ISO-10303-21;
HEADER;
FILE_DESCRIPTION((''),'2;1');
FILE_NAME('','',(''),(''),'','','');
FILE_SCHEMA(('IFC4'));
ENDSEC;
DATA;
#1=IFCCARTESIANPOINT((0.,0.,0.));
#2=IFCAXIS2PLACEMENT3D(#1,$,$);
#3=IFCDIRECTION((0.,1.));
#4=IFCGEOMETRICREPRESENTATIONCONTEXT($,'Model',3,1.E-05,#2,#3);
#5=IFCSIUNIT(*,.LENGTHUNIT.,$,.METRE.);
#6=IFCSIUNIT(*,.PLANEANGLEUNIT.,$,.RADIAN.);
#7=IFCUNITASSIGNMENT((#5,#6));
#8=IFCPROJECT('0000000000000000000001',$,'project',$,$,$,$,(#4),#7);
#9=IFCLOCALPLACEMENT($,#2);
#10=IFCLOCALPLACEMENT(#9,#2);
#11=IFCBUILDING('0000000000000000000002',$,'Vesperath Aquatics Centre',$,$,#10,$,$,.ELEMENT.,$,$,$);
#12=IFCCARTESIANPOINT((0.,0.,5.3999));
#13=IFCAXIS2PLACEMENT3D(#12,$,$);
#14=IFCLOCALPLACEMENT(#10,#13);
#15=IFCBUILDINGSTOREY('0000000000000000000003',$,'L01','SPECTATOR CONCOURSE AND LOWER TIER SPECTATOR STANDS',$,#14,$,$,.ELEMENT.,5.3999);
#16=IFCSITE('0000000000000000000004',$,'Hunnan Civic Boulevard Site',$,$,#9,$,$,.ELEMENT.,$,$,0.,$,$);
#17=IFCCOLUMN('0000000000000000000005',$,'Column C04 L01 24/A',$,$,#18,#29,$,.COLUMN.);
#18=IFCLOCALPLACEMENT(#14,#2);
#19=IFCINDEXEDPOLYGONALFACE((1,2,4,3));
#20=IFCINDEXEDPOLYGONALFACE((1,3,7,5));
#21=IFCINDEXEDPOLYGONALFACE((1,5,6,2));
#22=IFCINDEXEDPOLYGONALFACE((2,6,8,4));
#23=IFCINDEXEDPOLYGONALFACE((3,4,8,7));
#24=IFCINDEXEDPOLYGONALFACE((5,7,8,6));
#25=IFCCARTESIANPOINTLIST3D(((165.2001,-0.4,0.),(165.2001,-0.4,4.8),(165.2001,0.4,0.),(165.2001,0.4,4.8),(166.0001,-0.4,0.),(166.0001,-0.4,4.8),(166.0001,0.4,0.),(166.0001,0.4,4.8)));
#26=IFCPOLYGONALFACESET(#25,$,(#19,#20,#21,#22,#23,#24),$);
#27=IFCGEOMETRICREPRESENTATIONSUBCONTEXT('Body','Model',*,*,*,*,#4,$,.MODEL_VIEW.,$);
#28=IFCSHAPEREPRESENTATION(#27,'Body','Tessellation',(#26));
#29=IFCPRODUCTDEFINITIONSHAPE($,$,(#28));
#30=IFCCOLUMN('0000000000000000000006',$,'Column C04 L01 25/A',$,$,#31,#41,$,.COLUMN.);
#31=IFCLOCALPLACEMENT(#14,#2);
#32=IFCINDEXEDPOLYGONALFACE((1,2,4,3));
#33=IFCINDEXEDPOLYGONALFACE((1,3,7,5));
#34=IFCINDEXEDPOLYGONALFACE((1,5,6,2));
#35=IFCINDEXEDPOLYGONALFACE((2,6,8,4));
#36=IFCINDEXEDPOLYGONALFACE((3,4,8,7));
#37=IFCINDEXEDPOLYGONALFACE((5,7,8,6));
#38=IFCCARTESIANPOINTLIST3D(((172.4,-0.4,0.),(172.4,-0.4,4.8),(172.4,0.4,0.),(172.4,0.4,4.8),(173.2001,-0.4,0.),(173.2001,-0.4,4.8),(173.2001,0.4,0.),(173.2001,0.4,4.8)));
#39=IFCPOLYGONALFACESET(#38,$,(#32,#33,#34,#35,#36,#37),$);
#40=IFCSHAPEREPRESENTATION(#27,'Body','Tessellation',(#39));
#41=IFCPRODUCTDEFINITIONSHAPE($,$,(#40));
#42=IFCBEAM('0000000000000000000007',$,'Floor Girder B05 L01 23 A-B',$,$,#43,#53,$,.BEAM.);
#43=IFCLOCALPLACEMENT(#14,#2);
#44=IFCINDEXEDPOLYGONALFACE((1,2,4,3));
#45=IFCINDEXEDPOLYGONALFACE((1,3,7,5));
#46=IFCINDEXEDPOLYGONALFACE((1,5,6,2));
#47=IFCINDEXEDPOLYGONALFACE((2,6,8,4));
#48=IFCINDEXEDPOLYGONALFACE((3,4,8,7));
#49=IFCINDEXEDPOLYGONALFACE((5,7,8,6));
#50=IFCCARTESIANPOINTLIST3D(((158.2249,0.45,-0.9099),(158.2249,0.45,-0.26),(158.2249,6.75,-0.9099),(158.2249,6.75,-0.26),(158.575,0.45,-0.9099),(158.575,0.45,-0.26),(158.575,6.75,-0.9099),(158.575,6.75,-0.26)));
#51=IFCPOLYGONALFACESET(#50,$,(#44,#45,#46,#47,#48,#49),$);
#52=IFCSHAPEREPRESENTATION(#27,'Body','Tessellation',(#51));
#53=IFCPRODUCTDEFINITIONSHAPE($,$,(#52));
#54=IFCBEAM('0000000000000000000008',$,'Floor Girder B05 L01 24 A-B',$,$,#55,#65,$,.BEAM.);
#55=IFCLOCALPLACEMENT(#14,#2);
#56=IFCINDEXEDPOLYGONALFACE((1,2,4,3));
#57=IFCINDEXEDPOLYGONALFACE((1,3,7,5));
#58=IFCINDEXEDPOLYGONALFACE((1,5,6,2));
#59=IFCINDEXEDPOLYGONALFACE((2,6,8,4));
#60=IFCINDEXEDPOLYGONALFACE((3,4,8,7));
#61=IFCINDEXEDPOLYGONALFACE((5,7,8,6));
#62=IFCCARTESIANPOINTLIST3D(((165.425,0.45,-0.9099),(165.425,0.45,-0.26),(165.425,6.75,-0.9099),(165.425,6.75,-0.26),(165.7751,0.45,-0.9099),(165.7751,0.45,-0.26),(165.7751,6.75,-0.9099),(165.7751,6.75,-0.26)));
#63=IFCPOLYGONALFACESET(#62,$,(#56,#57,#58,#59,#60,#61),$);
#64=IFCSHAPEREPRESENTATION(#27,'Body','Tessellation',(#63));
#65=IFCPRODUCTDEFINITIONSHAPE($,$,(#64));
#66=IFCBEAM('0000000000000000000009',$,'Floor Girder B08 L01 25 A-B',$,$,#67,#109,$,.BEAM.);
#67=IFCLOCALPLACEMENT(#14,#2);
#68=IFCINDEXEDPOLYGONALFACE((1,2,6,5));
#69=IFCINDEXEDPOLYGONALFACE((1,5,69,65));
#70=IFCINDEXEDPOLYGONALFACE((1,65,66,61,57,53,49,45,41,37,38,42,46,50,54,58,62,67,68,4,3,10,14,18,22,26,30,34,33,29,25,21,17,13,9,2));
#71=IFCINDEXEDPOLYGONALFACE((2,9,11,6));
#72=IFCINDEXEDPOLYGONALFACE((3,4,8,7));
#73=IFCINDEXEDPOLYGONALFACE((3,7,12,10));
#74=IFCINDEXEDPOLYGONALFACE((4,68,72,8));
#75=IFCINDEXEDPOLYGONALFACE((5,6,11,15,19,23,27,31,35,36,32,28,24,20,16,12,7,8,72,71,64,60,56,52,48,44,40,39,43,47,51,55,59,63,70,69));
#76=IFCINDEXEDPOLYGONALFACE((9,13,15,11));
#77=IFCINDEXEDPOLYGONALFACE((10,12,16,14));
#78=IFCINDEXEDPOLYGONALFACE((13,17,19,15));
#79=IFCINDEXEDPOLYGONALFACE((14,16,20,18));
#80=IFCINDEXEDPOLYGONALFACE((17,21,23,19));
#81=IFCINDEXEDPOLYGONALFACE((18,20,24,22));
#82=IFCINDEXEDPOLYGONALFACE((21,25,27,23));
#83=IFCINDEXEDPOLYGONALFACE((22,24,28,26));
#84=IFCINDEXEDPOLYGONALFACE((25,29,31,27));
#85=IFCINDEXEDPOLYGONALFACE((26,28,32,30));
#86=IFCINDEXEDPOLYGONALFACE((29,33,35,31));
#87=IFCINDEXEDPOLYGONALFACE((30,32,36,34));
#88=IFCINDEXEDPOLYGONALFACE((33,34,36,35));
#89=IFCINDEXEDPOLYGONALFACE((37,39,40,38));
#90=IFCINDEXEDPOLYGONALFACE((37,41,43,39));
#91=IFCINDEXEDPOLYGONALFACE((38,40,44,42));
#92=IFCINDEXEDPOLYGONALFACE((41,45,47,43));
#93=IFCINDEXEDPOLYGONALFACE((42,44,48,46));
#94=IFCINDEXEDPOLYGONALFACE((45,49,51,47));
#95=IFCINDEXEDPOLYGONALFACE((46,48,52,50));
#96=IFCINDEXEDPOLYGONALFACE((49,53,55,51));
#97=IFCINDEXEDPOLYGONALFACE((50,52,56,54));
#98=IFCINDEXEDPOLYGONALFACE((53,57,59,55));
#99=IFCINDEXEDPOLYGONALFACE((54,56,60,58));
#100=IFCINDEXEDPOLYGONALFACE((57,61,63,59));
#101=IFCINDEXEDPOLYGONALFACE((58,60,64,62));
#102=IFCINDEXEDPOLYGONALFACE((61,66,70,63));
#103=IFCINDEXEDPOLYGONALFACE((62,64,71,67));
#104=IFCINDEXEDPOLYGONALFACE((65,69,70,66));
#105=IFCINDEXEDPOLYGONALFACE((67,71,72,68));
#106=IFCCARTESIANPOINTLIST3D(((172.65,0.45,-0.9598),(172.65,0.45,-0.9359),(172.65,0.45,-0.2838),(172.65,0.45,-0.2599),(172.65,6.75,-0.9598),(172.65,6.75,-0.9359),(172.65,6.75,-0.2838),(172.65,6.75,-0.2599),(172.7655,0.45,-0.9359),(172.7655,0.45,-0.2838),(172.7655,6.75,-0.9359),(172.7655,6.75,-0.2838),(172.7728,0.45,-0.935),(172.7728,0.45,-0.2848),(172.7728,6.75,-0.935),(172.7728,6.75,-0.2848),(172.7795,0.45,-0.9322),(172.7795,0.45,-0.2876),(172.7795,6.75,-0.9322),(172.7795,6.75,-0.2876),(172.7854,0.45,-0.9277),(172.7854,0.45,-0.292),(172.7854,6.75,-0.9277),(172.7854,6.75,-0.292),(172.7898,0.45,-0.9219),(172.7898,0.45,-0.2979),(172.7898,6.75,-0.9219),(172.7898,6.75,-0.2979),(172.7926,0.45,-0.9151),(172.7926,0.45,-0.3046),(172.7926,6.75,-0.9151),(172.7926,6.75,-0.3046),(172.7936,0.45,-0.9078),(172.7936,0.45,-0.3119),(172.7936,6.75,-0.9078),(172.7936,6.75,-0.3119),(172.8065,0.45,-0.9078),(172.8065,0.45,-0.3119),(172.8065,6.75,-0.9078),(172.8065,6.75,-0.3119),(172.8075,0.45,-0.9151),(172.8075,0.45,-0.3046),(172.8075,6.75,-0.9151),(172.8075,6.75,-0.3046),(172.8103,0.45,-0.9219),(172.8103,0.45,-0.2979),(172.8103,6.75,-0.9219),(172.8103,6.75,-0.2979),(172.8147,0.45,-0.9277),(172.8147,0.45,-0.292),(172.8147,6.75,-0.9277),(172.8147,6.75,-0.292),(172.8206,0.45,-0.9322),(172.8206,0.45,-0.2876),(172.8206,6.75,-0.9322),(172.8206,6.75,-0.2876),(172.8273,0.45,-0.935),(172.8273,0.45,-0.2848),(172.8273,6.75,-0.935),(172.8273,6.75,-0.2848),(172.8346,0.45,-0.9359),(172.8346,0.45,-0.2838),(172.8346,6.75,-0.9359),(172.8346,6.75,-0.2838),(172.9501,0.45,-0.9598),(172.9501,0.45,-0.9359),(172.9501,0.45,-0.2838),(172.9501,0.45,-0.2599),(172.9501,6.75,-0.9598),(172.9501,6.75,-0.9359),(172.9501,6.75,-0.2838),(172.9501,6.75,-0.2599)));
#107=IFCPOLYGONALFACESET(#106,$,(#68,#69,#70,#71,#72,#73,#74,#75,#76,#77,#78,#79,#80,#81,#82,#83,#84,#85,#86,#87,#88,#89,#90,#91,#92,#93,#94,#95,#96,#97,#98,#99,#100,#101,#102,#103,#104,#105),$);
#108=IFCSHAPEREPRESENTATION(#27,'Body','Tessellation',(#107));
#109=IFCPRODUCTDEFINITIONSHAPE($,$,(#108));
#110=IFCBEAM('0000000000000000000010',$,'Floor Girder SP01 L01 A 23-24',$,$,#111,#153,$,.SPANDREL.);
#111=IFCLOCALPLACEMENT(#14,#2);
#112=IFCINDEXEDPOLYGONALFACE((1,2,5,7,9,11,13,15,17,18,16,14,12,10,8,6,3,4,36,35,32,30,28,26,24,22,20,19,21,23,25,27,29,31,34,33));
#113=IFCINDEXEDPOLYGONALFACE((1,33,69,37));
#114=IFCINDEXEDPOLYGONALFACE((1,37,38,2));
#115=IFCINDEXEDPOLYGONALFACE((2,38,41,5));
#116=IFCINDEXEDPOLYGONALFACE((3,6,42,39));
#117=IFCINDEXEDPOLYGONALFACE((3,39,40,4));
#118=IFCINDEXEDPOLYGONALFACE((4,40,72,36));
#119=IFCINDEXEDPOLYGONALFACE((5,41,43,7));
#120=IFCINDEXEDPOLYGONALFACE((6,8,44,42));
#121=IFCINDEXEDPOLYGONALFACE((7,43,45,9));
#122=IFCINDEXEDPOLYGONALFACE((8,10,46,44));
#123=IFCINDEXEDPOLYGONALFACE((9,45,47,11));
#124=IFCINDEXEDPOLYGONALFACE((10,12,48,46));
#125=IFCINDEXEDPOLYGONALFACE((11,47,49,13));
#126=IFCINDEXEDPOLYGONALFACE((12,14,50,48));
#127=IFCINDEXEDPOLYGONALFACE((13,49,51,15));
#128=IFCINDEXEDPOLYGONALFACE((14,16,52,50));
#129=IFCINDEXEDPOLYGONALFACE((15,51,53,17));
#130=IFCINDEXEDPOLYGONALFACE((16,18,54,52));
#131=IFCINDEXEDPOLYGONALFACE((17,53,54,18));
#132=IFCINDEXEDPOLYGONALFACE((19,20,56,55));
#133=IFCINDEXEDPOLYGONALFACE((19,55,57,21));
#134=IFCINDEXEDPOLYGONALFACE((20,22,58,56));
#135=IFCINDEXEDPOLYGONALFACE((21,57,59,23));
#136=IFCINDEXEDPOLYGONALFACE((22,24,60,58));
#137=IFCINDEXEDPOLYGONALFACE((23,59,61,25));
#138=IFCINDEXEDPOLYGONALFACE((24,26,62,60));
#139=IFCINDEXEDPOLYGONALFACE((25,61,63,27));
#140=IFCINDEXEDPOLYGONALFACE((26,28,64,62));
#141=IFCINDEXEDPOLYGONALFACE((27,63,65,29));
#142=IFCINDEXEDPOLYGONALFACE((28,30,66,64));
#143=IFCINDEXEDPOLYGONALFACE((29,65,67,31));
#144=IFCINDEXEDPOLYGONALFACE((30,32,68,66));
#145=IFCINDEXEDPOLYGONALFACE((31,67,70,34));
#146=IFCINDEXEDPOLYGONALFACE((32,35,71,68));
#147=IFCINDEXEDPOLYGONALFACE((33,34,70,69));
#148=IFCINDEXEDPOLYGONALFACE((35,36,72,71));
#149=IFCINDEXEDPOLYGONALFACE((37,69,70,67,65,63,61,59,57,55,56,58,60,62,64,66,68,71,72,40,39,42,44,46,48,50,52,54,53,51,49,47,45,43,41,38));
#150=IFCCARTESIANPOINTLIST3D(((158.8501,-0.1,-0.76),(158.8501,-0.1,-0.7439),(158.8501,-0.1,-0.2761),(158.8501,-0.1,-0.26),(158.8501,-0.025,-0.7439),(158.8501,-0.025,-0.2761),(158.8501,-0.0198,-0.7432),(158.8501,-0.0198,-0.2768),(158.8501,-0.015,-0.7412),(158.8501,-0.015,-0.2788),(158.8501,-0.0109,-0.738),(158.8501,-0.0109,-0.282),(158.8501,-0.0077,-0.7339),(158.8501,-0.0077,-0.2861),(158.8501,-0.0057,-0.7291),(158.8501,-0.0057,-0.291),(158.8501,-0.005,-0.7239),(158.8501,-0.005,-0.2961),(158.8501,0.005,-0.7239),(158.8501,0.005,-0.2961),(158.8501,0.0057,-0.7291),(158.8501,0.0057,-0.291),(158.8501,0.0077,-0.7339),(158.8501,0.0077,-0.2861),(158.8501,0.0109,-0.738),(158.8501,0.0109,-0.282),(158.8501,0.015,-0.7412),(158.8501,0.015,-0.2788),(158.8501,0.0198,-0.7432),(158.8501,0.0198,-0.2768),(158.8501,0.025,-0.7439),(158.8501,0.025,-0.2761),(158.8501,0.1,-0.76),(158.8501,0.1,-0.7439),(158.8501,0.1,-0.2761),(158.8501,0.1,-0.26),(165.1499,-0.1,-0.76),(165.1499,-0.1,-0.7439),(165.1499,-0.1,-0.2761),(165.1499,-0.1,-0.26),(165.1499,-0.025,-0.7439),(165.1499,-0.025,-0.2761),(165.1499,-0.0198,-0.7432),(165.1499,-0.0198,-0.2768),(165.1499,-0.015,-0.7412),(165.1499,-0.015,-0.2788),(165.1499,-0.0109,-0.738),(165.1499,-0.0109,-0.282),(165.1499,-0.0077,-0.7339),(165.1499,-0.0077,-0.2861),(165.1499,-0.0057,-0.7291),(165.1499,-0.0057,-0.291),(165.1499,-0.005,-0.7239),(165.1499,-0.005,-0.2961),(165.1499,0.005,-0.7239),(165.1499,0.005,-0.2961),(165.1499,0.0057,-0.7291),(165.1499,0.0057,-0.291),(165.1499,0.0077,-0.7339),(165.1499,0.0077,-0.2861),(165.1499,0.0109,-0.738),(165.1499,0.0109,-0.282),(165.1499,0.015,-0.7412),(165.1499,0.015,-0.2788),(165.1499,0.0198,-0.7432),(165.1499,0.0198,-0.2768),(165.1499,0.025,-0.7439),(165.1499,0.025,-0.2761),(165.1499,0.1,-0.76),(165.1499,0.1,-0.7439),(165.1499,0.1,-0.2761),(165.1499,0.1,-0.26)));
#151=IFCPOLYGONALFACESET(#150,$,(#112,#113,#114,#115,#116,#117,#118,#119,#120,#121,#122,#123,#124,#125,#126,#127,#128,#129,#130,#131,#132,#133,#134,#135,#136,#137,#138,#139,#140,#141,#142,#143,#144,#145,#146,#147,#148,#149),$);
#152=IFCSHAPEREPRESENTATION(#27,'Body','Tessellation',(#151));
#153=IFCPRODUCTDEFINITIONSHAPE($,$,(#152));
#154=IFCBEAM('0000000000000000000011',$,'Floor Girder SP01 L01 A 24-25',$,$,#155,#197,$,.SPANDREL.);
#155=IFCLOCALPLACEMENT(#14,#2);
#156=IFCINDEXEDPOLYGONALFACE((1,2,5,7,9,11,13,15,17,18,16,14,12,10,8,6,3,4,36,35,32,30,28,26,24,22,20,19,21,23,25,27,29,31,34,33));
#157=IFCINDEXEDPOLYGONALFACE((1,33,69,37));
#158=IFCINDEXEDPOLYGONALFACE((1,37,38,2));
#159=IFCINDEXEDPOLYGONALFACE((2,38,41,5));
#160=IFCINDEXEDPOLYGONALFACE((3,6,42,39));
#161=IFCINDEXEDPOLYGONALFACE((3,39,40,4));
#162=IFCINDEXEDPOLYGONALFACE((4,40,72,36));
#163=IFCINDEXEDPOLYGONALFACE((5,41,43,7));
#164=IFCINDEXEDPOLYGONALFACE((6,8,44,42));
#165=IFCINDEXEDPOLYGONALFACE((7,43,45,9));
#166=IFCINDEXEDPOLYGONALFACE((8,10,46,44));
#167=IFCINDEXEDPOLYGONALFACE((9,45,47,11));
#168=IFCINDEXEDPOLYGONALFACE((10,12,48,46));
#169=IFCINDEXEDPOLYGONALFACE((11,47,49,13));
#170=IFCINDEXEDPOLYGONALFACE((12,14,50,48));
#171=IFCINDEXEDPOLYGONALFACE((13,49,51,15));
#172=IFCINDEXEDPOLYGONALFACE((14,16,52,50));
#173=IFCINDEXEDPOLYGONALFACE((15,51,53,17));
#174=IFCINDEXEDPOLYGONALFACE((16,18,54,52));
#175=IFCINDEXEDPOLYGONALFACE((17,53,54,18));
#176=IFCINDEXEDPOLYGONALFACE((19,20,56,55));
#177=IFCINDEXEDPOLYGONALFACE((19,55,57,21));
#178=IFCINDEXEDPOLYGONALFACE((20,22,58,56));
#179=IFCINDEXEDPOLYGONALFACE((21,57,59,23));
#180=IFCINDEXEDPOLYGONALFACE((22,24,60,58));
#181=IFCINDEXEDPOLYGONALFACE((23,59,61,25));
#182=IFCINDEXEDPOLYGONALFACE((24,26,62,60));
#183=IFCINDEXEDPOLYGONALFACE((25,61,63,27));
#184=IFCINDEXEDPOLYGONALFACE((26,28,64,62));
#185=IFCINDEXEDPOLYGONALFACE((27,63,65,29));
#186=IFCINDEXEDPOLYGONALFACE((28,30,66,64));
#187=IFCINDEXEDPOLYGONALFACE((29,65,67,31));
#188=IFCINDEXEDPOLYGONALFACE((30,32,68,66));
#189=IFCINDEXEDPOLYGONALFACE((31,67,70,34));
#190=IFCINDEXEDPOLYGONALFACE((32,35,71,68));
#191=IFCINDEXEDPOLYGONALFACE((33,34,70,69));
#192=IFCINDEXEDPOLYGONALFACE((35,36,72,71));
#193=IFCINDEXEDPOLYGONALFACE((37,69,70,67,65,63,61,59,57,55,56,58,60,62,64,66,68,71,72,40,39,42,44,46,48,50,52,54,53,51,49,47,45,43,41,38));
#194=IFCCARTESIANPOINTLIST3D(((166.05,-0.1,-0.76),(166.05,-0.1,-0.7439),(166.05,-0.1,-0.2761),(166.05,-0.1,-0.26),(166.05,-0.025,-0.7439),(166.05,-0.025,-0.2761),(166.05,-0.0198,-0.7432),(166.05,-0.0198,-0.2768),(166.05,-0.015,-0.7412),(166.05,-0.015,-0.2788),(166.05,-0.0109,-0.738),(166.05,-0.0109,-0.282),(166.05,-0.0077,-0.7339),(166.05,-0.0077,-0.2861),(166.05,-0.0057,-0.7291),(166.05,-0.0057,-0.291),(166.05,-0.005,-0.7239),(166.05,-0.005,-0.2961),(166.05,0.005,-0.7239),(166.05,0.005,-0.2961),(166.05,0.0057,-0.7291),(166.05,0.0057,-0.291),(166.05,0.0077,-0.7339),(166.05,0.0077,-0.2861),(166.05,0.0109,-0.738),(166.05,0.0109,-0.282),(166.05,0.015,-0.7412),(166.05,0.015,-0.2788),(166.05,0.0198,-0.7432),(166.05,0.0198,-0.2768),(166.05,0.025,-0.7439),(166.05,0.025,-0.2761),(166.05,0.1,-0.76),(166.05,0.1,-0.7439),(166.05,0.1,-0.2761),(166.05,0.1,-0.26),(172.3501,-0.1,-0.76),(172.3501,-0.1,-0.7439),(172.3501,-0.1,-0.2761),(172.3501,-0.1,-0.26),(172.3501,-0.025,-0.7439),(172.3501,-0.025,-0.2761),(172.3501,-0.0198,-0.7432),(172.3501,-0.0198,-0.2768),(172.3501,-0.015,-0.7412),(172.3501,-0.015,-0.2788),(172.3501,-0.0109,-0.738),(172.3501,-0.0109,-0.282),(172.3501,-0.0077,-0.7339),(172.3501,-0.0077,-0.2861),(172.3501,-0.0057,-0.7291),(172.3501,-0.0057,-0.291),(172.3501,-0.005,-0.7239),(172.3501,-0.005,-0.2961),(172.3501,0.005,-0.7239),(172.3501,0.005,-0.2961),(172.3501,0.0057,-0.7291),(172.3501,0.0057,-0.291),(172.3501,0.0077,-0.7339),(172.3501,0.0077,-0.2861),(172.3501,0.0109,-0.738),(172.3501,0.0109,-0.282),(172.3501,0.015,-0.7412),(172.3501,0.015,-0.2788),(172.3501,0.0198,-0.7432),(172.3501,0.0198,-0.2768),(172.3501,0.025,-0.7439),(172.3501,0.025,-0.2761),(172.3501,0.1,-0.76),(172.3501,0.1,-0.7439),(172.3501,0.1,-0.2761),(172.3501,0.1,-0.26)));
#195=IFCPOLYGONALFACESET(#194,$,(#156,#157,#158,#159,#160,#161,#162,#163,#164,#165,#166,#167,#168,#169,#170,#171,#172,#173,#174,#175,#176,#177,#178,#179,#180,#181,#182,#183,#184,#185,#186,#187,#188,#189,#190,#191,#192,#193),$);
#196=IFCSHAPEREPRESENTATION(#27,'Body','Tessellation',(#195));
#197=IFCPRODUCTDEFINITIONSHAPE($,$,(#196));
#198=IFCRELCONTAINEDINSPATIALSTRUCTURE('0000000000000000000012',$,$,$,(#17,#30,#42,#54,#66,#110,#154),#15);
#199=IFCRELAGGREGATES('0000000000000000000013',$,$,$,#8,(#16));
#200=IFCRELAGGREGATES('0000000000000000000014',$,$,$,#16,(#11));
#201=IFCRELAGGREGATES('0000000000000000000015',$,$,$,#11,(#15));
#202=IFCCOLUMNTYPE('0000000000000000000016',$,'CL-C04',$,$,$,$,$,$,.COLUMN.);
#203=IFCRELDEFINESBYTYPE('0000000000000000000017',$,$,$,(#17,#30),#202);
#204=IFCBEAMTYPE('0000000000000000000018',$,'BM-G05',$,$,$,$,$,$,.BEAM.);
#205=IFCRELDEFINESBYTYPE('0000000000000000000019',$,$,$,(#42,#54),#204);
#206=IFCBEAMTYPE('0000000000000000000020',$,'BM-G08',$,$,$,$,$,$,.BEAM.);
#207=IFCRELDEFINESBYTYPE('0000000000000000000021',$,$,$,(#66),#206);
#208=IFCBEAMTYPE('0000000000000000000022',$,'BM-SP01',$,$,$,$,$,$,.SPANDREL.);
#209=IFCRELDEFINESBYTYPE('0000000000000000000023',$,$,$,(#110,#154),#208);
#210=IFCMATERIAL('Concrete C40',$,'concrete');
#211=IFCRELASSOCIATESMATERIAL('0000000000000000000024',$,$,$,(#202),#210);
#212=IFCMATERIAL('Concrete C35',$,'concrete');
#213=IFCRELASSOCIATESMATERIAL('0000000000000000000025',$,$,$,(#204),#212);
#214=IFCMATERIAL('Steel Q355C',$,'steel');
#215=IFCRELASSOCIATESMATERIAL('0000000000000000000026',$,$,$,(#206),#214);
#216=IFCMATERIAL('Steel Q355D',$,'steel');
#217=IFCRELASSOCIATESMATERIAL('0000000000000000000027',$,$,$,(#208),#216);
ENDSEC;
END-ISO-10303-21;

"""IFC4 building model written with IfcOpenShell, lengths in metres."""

from ifc_helpers import new_model, si_unit, direction, frame, origin, origin_2d, place, context, subcontext, project, spatial, rectangle, i_section, extrude, material, material_profile, profile_set, type_object, element, save


model = new_model("IFC4")

# Units and contexts
model_context = context("Model", 3, precision=1e-05, world=origin(), true_north=direction((0.0, 1.0)))
body_context = subcontext(model_context, "Body", "Model", "MODEL_VIEW")
ifc_project = project(units=[si_unit("LENGTHUNIT", "METRE"), si_unit("PLANEANGLEUNIT", "RADIAN")], contexts=[model_context])

# Site, building, storey
site_placement = place(None, origin())
site = spatial("IfcSite", under=ifc_project, at=site_placement, Name="Hunnan Civic Boulevard Site", CompositionType="ELEMENT", RefElevation=0.0)
building_placement = place(site_placement, origin())
building = spatial("IfcBuilding", under=site, at=building_placement, Name="Vesperath Aquatics Centre", CompositionType="ELEMENT")
storey_placement = place(building_placement, frame((0.0, 0.0, 5.3999)))
storey = spatial("IfcBuildingStorey", under=building, at=storey_placement, Name="L01", Description="SPECTATOR CONCOURSE AND LOWER TIER SPECTATOR STANDS", CompositionType="ELEMENT", Elevation=5.3999)

# Columns
ifc_material_1 = material(Name="Concrete C40", Category="concrete")
ifc_material_profile_1 = material_profile(ifc_material_1, rectangle(XDim=0.8, YDim=0.8, at=origin_2d()), Name="RC 800x800")
ifc_profile_set_1 = profile_set([ifc_material_profile_1], Name="Concrete C40")
column_type = type_object("IfcColumnType", Name="CL-C04", PredefinedType="COLUMN", material=ifc_profile_set_1)
for number, where, z_axis, x_axis, name in (
    (1, (165.6001, 0.0, 0.0), (0.0, 0.0, 1.0), (1.0, 0.0, 0.0), "Column C04 L01 24/A"),
    (2, (172.8, 0.0, 0.0), (0.0, 0.0, 1.0), (1.0, 0.0, 0.0), "Column C04 L01 25/A"),
):
    element("IfcColumn", number, at=place(storey_placement, frame(where, z_axis=z_axis, x_axis=x_axis)), inside=storey, type_object=column_type, Name=name, PredefinedType="COLUMN", context=body_context, shape_type="SweptSolid", body=[
        extrude(rectangle(XDim=0.8, YDim=0.8, at=origin_2d()), origin(), (0.0, 0.0, 1.0), 4.8),
    ])

# Beams
ifc_material_2 = material(Name="Concrete C35", Category="concrete")
ifc_material_profile_2 = material_profile(ifc_material_2, rectangle(XDim=0.3501, YDim=0.6499, at=origin_2d()), Name="RC 350x650")
ifc_profile_set_2 = profile_set([ifc_material_profile_2], Name="Concrete C35")
beam_type_1 = type_object("IfcBeamType", Name="BM-G05", PredefinedType="BEAM", material=ifc_profile_set_2)
for number, where, z_axis, x_axis, name in (
    (3, (158.3999, 0.45, -0.585), (0.0, 1.0, 0.0), (-1.0, 0.0, 0.0), "Floor Girder B05 L01 23 A-B"),
    (4, (165.6001, 0.45, -0.585), (0.0, 1.0, 0.0), (-1.0, 0.0, 0.0), "Floor Girder B05 L01 24 A-B"),
):
    element("IfcBeam", number, at=place(storey_placement, frame(where, z_axis=z_axis, x_axis=x_axis)), inside=storey, type_object=beam_type_1, Name=name, PredefinedType="BEAM", context=body_context, shape_type="SweptSolid", body=[
        extrude(rectangle(XDim=0.3501, YDim=0.6499, at=origin_2d()), origin(), (0.0, 0.0, 1.0), 6.3),
    ])
ifc_material_3 = material(Name="Steel Q355C", Category="steel")
ifc_material_profile_3 = material_profile(ifc_material_3, i_section(OverallWidth=0.3, OverallDepth=0.7, WebThickness=0.0129, FlangeThickness=0.0239, FilletRadius=0.0281, at=origin_2d()), Name="HN 700x300x13x24")
ifc_profile_set_3 = profile_set([ifc_material_profile_3], Name="Steel Q355C")
beam_type_2 = type_object("IfcBeamType", Name="BM-G08", PredefinedType="BEAM", material=ifc_profile_set_3)
beam_1_placement = place(storey_placement, frame((172.8, 0.45, -0.6099), z_axis=(0.0, 1.0, 0.0), x_axis=(-1.0, 0.0, 0.0)))
element("IfcBeam", 5, at=beam_1_placement, inside=storey, type_object=beam_type_2, Name="Floor Girder B08 L01 25 A-B", PredefinedType="BEAM", context=body_context, shape_type="SweptSolid", body=[
    extrude(i_section(OverallWidth=0.3, OverallDepth=0.7, WebThickness=0.0129, FlangeThickness=0.0239, FilletRadius=0.0281, at=origin_2d()), origin(), (0.0, 0.0, 1.0), 6.3),
])
ifc_material_4 = material(Name="Steel Q355D", Category="steel")
ifc_material_profile_4 = material_profile(ifc_material_4, i_section(OverallWidth=0.2, OverallDepth=0.5, WebThickness=0.01, FlangeThickness=0.0161, FilletRadius=0.02, at=origin_2d()), Name="HN 500x200x10x16")
ifc_profile_set_4 = profile_set([ifc_material_profile_4], Name="Steel Q355D")
beam_type_3 = type_object("IfcBeamType", Name="BM-SP01", PredefinedType="SPANDREL", material=ifc_profile_set_4)
beam_2_placement = place(storey_placement, frame((158.8501, 0.0, -0.51), z_axis=(1.0, 0.0, 0.0), x_axis=(0.0, 1.0, 0.0)))
element("IfcBeam", 6, at=beam_2_placement, inside=storey, type_object=beam_type_3, Name="Floor Girder SP01 L01 A 23-24", PredefinedType="SPANDREL", context=body_context, shape_type="SweptSolid", body=[
    extrude(i_section(OverallWidth=0.2, OverallDepth=0.5, WebThickness=0.01, FlangeThickness=0.0161, FilletRadius=0.02, at=origin_2d()), origin(), (0.0, 0.0, 1.0), 6.2998),
])
beam_3_placement = place(storey_placement, frame((166.05, 0.0, -0.51), z_axis=(1.0, 0.0, 0.0), x_axis=(0.0, 1.0, 0.0)))
element("IfcBeam", 7, at=beam_3_placement, inside=storey, type_object=beam_type_3, Name="Floor Girder SP01 L01 A 24-25", PredefinedType="SPANDREL", context=body_context, shape_type="SweptSolid", body=[
    extrude(i_section(OverallWidth=0.2, OverallDepth=0.5, WebThickness=0.01, FlangeThickness=0.0161, FilletRadius=0.02, at=origin_2d()), origin(), (0.0, 0.0, 1.0), 6.3),
])

save(model, "model.ifc")
